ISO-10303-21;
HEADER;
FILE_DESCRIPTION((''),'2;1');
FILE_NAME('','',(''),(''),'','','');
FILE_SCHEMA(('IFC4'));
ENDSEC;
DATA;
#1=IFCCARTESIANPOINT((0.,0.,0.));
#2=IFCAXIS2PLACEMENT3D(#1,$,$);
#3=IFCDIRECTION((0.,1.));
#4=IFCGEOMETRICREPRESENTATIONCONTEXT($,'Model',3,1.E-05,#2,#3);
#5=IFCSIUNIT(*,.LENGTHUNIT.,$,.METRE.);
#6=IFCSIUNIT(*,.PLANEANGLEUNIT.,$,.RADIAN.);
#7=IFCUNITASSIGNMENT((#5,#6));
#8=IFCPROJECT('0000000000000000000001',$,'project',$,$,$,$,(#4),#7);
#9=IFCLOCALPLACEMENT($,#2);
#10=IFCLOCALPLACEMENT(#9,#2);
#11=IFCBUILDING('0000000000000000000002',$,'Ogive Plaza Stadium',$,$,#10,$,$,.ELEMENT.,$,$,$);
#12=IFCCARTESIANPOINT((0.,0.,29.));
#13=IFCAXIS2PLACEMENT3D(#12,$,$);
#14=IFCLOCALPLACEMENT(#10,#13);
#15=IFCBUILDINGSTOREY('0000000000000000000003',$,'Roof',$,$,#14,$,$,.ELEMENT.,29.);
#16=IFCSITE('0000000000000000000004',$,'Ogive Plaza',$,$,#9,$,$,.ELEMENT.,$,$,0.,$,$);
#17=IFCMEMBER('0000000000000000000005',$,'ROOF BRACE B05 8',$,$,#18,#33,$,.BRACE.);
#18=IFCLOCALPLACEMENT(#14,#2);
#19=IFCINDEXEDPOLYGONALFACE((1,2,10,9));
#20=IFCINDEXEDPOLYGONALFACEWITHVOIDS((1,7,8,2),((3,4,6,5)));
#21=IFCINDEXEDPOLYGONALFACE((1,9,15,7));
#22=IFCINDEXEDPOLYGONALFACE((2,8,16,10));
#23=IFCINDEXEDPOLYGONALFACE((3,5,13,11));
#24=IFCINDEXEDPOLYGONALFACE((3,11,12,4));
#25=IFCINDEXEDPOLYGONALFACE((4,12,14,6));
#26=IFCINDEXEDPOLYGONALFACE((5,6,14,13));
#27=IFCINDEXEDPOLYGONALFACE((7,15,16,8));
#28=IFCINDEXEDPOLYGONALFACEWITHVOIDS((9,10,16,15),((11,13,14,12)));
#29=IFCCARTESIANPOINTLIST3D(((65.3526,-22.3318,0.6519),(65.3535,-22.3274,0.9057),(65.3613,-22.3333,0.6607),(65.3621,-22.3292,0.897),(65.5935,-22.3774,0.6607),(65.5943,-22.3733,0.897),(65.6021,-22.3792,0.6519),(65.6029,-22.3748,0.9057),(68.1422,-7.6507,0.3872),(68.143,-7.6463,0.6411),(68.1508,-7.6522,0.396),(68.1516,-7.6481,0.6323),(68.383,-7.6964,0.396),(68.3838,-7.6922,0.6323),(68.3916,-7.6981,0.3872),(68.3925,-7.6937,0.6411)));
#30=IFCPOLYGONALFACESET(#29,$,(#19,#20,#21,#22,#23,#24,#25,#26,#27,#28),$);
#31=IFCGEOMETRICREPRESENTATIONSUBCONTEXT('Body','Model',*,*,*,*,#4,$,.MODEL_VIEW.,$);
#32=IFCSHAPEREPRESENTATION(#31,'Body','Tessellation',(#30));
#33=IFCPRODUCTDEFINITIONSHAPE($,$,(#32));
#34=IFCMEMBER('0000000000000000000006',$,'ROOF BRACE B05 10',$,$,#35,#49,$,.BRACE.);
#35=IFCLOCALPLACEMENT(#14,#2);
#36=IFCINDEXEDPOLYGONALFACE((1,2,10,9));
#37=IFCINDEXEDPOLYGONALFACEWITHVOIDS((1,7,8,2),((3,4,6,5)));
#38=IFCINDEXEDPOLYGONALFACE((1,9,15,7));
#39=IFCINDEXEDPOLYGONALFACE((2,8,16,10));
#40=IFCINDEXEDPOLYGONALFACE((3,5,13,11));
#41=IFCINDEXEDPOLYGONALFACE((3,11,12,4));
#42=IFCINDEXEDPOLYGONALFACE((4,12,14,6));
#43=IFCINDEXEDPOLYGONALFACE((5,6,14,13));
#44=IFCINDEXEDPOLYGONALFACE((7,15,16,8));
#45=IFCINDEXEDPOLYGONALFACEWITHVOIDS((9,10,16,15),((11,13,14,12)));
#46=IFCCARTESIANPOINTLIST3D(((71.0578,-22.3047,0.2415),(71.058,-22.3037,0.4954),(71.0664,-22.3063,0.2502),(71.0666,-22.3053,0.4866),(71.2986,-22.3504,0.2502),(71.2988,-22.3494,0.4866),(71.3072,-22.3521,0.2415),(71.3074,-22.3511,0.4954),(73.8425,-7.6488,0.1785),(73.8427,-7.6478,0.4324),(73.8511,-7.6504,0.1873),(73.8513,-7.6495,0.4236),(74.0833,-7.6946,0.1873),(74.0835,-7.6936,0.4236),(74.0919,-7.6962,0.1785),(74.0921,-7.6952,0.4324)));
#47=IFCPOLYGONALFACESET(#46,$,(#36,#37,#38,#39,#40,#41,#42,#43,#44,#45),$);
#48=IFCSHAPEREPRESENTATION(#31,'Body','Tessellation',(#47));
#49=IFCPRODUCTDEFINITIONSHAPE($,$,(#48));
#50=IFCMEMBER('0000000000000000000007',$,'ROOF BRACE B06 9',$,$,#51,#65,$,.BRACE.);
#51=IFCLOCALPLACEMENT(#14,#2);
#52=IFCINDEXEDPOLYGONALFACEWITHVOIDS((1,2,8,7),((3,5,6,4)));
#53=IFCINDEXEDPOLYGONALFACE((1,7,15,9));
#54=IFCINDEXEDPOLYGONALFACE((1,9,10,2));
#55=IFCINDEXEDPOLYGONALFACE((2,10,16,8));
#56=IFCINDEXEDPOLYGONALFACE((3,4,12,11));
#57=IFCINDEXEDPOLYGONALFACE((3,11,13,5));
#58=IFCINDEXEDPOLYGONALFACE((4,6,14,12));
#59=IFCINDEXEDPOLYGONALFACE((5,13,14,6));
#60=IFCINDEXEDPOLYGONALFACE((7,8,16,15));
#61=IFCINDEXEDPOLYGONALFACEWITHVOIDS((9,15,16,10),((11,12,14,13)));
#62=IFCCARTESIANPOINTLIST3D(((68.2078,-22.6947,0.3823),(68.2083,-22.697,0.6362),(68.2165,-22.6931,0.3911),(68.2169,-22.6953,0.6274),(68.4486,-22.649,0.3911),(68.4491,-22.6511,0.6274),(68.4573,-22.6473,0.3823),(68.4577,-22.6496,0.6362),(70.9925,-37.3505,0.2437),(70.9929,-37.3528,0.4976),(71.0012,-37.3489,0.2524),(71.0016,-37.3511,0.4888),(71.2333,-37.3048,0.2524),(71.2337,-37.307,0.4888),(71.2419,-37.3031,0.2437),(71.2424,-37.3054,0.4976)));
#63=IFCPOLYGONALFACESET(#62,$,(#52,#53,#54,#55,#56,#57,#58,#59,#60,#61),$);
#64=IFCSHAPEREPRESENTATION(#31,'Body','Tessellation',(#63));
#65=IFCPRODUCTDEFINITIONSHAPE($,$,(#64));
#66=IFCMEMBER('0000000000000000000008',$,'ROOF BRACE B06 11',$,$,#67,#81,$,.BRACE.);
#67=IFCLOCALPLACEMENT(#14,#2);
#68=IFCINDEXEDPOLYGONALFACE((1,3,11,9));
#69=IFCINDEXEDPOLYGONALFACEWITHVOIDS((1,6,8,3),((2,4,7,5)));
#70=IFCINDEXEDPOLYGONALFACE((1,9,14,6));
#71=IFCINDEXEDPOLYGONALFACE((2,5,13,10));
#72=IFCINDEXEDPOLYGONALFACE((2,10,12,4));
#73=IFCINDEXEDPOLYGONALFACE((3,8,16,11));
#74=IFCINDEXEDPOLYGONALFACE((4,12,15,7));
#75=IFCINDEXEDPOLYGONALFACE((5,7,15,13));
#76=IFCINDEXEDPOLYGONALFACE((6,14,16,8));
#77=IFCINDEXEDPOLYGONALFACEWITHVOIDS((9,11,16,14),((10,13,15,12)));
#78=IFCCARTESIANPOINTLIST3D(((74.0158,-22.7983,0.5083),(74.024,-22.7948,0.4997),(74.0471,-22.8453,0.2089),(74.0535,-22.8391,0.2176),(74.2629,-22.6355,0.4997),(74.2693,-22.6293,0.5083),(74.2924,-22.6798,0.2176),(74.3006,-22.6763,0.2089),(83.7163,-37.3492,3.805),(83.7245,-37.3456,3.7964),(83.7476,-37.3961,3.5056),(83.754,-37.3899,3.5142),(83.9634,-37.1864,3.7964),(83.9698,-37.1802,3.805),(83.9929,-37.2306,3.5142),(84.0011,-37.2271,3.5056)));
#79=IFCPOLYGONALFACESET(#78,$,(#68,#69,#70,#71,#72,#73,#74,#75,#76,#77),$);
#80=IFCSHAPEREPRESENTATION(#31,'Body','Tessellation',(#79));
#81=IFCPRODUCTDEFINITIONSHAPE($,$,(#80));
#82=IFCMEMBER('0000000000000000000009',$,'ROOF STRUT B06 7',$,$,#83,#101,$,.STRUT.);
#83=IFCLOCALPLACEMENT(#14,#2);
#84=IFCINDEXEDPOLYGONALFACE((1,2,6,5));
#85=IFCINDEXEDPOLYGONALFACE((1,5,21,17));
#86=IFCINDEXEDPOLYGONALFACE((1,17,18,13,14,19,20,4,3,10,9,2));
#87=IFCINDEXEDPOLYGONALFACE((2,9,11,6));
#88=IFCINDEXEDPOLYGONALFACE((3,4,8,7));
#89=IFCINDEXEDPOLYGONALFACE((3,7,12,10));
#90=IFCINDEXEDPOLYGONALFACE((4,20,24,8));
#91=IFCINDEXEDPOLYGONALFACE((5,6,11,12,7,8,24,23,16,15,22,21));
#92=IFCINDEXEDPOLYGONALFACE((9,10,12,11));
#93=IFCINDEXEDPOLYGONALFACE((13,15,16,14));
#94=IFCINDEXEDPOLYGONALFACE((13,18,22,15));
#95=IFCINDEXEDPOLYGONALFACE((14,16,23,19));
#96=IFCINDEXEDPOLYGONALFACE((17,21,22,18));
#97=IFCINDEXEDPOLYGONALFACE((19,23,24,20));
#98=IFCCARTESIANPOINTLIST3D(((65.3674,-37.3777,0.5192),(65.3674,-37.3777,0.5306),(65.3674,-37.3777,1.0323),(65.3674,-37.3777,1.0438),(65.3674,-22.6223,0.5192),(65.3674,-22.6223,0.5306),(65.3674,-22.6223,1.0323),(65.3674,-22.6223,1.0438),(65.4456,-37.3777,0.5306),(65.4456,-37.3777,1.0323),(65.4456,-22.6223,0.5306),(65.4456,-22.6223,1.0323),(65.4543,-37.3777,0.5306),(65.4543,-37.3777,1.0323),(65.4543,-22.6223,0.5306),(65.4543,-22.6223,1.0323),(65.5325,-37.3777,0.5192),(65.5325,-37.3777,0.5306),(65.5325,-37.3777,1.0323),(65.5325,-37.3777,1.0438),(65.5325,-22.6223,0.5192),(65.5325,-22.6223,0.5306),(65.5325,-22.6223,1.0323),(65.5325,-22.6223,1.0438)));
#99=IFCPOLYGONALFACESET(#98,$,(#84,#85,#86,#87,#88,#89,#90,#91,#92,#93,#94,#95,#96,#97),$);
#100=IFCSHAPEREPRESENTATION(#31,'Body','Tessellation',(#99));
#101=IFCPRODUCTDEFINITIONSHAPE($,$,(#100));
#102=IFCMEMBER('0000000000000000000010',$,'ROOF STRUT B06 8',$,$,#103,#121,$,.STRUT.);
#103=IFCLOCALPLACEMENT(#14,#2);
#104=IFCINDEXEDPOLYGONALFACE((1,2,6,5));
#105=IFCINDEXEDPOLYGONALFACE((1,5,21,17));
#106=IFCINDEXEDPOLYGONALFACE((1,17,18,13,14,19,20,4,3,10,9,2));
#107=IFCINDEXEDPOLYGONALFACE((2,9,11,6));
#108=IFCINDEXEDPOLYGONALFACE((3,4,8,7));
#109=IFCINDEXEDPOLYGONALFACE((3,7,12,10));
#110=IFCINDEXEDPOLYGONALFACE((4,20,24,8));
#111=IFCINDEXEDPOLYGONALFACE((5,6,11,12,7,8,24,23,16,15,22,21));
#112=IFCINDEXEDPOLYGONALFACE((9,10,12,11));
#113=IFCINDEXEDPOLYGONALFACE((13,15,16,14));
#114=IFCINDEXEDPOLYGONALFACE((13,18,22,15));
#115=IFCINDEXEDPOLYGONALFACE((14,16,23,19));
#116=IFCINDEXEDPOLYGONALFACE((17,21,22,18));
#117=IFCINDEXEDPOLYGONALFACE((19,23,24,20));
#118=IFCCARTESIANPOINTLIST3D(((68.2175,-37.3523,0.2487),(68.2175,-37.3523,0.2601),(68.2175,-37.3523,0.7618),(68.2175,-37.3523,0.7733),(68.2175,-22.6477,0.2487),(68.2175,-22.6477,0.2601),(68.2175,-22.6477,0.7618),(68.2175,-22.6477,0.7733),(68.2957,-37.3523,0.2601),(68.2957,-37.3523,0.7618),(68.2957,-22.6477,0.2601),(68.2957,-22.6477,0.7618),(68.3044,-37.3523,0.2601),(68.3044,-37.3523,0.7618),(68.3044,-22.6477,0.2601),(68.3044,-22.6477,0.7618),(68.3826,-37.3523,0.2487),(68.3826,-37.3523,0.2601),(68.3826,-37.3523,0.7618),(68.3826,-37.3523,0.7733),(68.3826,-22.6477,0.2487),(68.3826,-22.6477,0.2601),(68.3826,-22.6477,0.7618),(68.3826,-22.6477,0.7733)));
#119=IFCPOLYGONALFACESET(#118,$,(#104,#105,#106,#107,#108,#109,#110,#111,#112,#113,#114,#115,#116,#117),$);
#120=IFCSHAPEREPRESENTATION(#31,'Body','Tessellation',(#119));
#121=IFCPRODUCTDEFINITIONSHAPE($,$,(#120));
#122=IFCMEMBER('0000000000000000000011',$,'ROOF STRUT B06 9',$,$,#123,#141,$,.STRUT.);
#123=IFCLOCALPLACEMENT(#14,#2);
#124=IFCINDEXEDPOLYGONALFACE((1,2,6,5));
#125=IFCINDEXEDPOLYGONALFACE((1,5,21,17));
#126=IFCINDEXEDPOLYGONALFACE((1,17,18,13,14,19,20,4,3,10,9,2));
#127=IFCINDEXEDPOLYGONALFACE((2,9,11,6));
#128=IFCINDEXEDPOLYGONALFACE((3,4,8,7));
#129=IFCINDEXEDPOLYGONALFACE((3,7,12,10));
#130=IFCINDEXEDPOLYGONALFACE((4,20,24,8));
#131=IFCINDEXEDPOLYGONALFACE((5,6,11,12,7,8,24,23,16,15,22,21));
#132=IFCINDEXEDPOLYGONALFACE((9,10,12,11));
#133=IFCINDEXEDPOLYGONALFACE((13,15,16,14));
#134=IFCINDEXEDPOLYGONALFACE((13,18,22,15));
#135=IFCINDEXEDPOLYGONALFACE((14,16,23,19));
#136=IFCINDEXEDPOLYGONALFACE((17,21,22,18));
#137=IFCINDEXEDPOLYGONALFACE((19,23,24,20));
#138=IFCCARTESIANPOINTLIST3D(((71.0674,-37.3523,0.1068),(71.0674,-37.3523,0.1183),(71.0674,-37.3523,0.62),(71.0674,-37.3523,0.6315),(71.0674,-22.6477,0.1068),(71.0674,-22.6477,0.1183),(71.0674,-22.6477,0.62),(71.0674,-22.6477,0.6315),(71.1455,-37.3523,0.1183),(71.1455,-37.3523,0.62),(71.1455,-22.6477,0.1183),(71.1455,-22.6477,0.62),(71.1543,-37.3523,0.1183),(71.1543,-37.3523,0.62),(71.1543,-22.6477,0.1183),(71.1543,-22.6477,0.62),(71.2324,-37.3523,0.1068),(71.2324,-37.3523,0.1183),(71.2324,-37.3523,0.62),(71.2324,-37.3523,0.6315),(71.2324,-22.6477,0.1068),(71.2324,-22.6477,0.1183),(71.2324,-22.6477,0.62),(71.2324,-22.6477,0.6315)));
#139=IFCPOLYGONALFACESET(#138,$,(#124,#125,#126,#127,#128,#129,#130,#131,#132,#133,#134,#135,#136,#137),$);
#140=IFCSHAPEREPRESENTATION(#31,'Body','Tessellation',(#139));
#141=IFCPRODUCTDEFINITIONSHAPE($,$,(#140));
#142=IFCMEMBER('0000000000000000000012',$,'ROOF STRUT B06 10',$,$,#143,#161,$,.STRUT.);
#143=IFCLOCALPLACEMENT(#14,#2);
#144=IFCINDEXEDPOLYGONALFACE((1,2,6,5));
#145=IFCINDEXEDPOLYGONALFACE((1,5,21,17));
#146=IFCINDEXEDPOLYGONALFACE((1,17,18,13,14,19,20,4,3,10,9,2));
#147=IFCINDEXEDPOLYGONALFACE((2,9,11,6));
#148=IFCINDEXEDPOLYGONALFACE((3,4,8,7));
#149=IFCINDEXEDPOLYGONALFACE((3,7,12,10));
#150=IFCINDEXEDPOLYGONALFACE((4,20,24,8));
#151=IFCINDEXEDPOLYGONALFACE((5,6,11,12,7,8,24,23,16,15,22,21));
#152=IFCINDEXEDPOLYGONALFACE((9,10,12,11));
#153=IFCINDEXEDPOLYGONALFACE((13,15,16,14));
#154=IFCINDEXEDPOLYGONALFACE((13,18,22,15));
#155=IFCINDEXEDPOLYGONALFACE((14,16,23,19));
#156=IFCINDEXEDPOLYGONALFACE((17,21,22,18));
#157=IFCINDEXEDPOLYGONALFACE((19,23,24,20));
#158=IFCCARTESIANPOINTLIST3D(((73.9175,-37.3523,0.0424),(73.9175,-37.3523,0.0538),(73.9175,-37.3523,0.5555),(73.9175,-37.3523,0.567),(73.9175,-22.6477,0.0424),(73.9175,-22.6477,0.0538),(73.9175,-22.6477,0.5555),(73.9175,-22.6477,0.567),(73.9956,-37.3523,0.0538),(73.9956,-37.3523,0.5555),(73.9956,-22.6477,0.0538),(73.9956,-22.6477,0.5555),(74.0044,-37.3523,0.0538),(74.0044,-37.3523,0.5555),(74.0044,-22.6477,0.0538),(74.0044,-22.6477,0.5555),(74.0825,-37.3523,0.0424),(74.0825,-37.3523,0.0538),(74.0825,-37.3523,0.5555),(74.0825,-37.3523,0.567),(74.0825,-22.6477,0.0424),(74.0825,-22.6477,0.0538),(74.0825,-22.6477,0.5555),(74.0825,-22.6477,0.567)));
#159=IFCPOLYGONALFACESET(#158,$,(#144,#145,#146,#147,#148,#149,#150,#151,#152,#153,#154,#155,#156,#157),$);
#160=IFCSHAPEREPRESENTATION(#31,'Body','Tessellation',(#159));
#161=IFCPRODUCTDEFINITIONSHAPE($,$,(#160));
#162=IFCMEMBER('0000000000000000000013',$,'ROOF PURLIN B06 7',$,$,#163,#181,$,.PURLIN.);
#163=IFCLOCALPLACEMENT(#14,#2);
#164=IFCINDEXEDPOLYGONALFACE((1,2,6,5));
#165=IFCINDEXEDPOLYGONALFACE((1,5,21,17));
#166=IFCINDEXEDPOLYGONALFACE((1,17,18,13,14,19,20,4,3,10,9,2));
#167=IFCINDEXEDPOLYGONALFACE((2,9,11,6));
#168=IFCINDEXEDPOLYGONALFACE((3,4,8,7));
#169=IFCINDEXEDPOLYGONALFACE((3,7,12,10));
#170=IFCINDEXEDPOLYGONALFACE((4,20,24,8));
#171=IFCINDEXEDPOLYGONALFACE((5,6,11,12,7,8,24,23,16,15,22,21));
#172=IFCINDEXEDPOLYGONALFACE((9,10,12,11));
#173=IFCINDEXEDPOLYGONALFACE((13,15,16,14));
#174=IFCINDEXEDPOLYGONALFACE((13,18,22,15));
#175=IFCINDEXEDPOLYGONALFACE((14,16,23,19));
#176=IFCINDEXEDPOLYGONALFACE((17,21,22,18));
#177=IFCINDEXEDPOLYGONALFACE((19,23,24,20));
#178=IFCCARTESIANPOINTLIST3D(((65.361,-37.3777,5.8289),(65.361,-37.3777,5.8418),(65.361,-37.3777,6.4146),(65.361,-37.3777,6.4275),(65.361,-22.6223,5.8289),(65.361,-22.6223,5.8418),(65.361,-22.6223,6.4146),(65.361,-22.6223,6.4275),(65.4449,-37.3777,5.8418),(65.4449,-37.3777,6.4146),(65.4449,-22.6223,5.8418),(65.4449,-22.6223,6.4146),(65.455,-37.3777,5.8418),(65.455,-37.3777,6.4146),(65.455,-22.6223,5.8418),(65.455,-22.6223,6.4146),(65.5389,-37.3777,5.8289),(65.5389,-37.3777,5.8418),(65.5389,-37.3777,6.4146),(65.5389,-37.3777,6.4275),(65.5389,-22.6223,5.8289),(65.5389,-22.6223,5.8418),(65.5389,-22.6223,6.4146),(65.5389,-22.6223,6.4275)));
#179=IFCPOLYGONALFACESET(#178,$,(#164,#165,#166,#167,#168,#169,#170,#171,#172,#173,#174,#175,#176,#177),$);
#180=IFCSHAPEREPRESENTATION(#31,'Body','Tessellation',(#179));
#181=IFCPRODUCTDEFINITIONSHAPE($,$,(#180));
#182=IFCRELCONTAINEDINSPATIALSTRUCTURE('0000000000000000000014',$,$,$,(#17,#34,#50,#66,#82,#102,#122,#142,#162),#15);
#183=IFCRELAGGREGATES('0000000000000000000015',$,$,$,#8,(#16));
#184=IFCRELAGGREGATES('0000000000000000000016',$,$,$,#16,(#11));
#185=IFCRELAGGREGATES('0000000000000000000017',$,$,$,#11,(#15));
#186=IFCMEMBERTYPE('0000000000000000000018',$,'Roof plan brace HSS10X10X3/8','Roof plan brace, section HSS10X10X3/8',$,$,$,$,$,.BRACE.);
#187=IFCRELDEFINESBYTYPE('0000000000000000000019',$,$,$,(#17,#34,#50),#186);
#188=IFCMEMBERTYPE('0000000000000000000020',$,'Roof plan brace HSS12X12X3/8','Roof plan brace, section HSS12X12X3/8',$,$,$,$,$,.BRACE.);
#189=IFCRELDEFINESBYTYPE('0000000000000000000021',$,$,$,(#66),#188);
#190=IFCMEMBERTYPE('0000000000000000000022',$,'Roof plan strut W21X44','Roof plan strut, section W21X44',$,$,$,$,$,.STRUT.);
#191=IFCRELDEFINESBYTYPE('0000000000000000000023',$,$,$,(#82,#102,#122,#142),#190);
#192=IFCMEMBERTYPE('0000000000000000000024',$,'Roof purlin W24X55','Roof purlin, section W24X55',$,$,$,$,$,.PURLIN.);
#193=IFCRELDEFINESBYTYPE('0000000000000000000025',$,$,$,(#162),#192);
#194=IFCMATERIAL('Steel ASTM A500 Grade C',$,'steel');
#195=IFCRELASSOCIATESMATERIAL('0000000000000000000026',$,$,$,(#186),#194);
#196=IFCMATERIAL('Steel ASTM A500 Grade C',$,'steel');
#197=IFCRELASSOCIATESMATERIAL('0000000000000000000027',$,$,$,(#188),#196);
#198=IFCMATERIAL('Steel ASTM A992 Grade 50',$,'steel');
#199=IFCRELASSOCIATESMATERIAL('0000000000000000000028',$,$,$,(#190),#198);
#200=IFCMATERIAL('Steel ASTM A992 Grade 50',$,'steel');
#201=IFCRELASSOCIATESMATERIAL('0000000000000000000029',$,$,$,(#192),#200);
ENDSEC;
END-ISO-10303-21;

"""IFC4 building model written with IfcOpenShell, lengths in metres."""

from ifc_helpers import new_model, si_unit, direction, frame, origin, origin_2d, place, context, subcontext, project, spatial, hollow_rectangle, i_section, extrude, material, material_profile, profile_set, type_object, element, save


model = new_model("IFC4")

# Units and contexts
model_context = context("Model", 3, precision=1e-05, world=origin(), true_north=direction((0.0, 1.0)))
body_context = subcontext(model_context, "Body", "Model", "MODEL_VIEW")
ifc_project = project(units=[si_unit("LENGTHUNIT", "METRE"), si_unit("PLANEANGLEUNIT", "RADIAN")], contexts=[model_context])

# Site, building, storey
site_placement = place(None, origin())
site = spatial("IfcSite", under=ifc_project, at=site_placement, Name="Ogive Plaza", CompositionType="ELEMENT", RefElevation=0.0)
building_placement = place(site_placement, origin())
building = spatial("IfcBuilding", under=site, at=building_placement, Name="Ogive Plaza Stadium", CompositionType="ELEMENT")
storey_placement = place(building_placement, frame((0.0, 0.0, 29.0)))
storey = spatial("IfcBuildingStorey", under=building, at=storey_placement, Name="Roof", CompositionType="ELEMENT", Elevation=29.0)

# Members
ifc_material_1 = material(Name="Steel ASTM A500 Grade C", Category="steel")
ifc_material_profile_1 = material_profile(ifc_material_1, hollow_rectangle(XDim=0.2539, YDim=0.2539, WallThickness=0.0088, at=origin_2d()), Name="HSS10X10X3/8")
ifc_profile_set_1 = profile_set([ifc_material_profile_1], Name="Steel ASTM A500 Grade C")
member_type_1 = type_object("IfcMemberType", Name="Roof plan brace HSS10X10X3/8", Description="Roof plan brace, section HSS10X10X3/8", PredefinedType="BRACE", material=ifc_profile_set_1)
member_1_placement = place(storey_placement, frame((65.4778, -22.3533, 0.7788), z_axis=(0.18664, 0.982269, -0.017707), x_axis=(-0.982423, 0.186669, 0.0)))
element("IfcMember", 1, at=member_1_placement, inside=storey, type_object=member_type_1, Name="ROOF BRACE B05 8", PredefinedType="BRACE", context=body_context, shape_type="SweptSolid", body=[
    extrude(hollow_rectangle(XDim=0.2539, YDim=0.2539, WallThickness=0.0088, at=origin_2d()), origin(), (0.0, 0.0, 1.0), 14.946),
])
member_2_placement = place(storey_placement, frame((71.1826, -22.3279, 0.3684), z_axis=(0.186664, 0.982415, -0.004222), x_axis=(-0.982424, 0.186665, 0.0)))
element("IfcMember", 2, at=member_2_placement, inside=storey, type_object=member_type_1, Name="ROOF BRACE B05 10", PredefinedType="BRACE", context=body_context, shape_type="SweptSolid", body=[
    extrude(hollow_rectangle(XDim=0.2539, YDim=0.2539, WallThickness=0.0088, at=origin_2d()), origin(), (0.0, 0.0, 1.0), 14.9182),
])
member_3_placement = place(storey_placement, frame((68.3328, -22.6721, 0.5093), z_axis=(0.186657, -0.982381, -0.009295), x_axis=(0.982424, 0.186665, 0.0)))
element("IfcMember", 3, at=member_3_placement, inside=storey, type_object=member_type_1, Name="ROOF BRACE B06 9", PredefinedType="BRACE", context=body_context, shape_type="SweptSolid", body=[
    extrude(hollow_rectangle(XDim=0.2539, YDim=0.2539, WallThickness=0.0088, at=origin_2d()), origin(), (0.0, 0.0, 1.0), 14.9187),
])
ifc_material_2 = material(Name="Steel ASTM A500 Grade C", Category="steel")
ifc_material_profile_2 = material_profile(ifc_material_2, hollow_rectangle(XDim=0.3047, YDim=0.3047, WallThickness=0.0088, at=origin_2d()), Name="HSS12X12X3/8")
ifc_profile_set_2 = profile_set([ifc_material_profile_2], Name="Steel ASTM A500 Grade C")
member_type_2 = type_object("IfcMemberType", Name="Roof plan brace HSS12X12X3/8", Description="Roof plan brace, section HSS12X12X3/8", PredefinedType="BRACE", material=ifc_profile_set_2)
member_4_placement = place(storey_placement, frame((74.1582, -22.7373, 0.3586), z_axis=(0.545096, -0.817651, 0.185247), x_axis=(0.832052, 0.554697, 0.0)))
element("IfcMember", 4, at=member_4_placement, inside=storey, type_object=member_type_2, Name="ROOF BRACE B06 11", PredefinedType="BRACE", context=body_context, shape_type="SweptSolid", body=[
    extrude(hollow_rectangle(XDim=0.3047, YDim=0.3047, WallThickness=0.0088, at=origin_2d()), origin(), (0.0, 0.0, 1.0), 17.7959),
])
ifc_material_3 = material(Name="Steel ASTM A992 Grade 50", Category="steel")
ifc_material_profile_3 = material_profile(ifc_material_3, i_section(OverallWidth=0.165, OverallDepth=0.5247, WebThickness=0.0088, FlangeThickness=0.0115, at=origin_2d()), Name="W21X44")
ifc_profile_set_3 = profile_set([ifc_material_profile_3], Name="Steel ASTM A992 Grade 50")
member_type_3 = type_object("IfcMemberType", Name="Roof plan strut W21X44", Description="Roof plan strut, section W21X44", PredefinedType="STRUT", material=ifc_profile_set_3)
member_5_placement = place(storey_placement, frame((65.45, -22.6223, 0.7815), z_axis=(0.0, -1.0, 0.0), x_axis=(1.0, 0.0, 0.0)))
element("IfcMember", 5, at=member_5_placement, inside=storey, type_object=member_type_3, Name="ROOF STRUT B06 7", PredefinedType="STRUT", context=body_context, shape_type="SweptSolid", body=[
    extrude(i_section(OverallWidth=0.165, OverallDepth=0.5247, WebThickness=0.0088, FlangeThickness=0.0115, at=origin_2d()), origin(), (0.0, 0.0, 1.0), 14.7554),
])
for number, where, z_axis, x_axis, name in (
    (6, (68.3, -22.6477, 0.511), (0.0, -1.0, 0.0), (1.0, 0.0, 0.0), "ROOF STRUT B06 8"),
    (7, (71.1499, -22.6477, 0.3691), (0.0, -1.0, 0.0), (1.0, 0.0, 0.0), "ROOF STRUT B06 9"),
    (8, (74.0, -22.6477, 0.3047), (0.0, -1.0, 0.0), (1.0, 0.0, 0.0), "ROOF STRUT B06 10"),
):
    element("IfcMember", number, at=place(storey_placement, frame(where, z_axis=z_axis, x_axis=x_axis)), inside=storey, type_object=member_type_3, Name=name, PredefinedType="STRUT", context=body_context, shape_type="SweptSolid", body=[
        extrude(i_section(OverallWidth=0.165, OverallDepth=0.5247, WebThickness=0.0088, FlangeThickness=0.0115, at=origin_2d()), origin(), (0.0, 0.0, 1.0), 14.7046),
    ])
ifc_material_4 = material(Name="Steel ASTM A992 Grade 50", Category="steel")
ifc_material_profile_4 = material_profile(ifc_material_4, i_section(OverallWidth=0.178, OverallDepth=0.5986, WebThickness=0.01, FlangeThickness=0.0129, at=origin_2d()), Name="W24X55")
ifc_profile_set_4 = profile_set([ifc_material_profile_4], Name="Steel ASTM A992 Grade 50")
member_type_4 = type_object("IfcMemberType", Name="Roof purlin W24X55", Description="Roof purlin, section W24X55", PredefinedType="PURLIN", material=ifc_profile_set_4)
member_6_placement = place(storey_placement, frame((65.45, -22.6223, 6.1282), z_axis=(0.0, -1.0, 0.0), x_axis=(1.0, 0.0, 0.0)))
element("IfcMember", 9, at=member_6_placement, inside=storey, type_object=member_type_4, Name="ROOF PURLIN B06 7", PredefinedType="PURLIN", context=body_context, shape_type="SweptSolid", body=[
    extrude(i_section(OverallWidth=0.178, OverallDepth=0.5986, WebThickness=0.01, FlangeThickness=0.0129, at=origin_2d()), origin(), (0.0, 0.0, 1.0), 14.7554),
])

save(model, "model.ifc")
